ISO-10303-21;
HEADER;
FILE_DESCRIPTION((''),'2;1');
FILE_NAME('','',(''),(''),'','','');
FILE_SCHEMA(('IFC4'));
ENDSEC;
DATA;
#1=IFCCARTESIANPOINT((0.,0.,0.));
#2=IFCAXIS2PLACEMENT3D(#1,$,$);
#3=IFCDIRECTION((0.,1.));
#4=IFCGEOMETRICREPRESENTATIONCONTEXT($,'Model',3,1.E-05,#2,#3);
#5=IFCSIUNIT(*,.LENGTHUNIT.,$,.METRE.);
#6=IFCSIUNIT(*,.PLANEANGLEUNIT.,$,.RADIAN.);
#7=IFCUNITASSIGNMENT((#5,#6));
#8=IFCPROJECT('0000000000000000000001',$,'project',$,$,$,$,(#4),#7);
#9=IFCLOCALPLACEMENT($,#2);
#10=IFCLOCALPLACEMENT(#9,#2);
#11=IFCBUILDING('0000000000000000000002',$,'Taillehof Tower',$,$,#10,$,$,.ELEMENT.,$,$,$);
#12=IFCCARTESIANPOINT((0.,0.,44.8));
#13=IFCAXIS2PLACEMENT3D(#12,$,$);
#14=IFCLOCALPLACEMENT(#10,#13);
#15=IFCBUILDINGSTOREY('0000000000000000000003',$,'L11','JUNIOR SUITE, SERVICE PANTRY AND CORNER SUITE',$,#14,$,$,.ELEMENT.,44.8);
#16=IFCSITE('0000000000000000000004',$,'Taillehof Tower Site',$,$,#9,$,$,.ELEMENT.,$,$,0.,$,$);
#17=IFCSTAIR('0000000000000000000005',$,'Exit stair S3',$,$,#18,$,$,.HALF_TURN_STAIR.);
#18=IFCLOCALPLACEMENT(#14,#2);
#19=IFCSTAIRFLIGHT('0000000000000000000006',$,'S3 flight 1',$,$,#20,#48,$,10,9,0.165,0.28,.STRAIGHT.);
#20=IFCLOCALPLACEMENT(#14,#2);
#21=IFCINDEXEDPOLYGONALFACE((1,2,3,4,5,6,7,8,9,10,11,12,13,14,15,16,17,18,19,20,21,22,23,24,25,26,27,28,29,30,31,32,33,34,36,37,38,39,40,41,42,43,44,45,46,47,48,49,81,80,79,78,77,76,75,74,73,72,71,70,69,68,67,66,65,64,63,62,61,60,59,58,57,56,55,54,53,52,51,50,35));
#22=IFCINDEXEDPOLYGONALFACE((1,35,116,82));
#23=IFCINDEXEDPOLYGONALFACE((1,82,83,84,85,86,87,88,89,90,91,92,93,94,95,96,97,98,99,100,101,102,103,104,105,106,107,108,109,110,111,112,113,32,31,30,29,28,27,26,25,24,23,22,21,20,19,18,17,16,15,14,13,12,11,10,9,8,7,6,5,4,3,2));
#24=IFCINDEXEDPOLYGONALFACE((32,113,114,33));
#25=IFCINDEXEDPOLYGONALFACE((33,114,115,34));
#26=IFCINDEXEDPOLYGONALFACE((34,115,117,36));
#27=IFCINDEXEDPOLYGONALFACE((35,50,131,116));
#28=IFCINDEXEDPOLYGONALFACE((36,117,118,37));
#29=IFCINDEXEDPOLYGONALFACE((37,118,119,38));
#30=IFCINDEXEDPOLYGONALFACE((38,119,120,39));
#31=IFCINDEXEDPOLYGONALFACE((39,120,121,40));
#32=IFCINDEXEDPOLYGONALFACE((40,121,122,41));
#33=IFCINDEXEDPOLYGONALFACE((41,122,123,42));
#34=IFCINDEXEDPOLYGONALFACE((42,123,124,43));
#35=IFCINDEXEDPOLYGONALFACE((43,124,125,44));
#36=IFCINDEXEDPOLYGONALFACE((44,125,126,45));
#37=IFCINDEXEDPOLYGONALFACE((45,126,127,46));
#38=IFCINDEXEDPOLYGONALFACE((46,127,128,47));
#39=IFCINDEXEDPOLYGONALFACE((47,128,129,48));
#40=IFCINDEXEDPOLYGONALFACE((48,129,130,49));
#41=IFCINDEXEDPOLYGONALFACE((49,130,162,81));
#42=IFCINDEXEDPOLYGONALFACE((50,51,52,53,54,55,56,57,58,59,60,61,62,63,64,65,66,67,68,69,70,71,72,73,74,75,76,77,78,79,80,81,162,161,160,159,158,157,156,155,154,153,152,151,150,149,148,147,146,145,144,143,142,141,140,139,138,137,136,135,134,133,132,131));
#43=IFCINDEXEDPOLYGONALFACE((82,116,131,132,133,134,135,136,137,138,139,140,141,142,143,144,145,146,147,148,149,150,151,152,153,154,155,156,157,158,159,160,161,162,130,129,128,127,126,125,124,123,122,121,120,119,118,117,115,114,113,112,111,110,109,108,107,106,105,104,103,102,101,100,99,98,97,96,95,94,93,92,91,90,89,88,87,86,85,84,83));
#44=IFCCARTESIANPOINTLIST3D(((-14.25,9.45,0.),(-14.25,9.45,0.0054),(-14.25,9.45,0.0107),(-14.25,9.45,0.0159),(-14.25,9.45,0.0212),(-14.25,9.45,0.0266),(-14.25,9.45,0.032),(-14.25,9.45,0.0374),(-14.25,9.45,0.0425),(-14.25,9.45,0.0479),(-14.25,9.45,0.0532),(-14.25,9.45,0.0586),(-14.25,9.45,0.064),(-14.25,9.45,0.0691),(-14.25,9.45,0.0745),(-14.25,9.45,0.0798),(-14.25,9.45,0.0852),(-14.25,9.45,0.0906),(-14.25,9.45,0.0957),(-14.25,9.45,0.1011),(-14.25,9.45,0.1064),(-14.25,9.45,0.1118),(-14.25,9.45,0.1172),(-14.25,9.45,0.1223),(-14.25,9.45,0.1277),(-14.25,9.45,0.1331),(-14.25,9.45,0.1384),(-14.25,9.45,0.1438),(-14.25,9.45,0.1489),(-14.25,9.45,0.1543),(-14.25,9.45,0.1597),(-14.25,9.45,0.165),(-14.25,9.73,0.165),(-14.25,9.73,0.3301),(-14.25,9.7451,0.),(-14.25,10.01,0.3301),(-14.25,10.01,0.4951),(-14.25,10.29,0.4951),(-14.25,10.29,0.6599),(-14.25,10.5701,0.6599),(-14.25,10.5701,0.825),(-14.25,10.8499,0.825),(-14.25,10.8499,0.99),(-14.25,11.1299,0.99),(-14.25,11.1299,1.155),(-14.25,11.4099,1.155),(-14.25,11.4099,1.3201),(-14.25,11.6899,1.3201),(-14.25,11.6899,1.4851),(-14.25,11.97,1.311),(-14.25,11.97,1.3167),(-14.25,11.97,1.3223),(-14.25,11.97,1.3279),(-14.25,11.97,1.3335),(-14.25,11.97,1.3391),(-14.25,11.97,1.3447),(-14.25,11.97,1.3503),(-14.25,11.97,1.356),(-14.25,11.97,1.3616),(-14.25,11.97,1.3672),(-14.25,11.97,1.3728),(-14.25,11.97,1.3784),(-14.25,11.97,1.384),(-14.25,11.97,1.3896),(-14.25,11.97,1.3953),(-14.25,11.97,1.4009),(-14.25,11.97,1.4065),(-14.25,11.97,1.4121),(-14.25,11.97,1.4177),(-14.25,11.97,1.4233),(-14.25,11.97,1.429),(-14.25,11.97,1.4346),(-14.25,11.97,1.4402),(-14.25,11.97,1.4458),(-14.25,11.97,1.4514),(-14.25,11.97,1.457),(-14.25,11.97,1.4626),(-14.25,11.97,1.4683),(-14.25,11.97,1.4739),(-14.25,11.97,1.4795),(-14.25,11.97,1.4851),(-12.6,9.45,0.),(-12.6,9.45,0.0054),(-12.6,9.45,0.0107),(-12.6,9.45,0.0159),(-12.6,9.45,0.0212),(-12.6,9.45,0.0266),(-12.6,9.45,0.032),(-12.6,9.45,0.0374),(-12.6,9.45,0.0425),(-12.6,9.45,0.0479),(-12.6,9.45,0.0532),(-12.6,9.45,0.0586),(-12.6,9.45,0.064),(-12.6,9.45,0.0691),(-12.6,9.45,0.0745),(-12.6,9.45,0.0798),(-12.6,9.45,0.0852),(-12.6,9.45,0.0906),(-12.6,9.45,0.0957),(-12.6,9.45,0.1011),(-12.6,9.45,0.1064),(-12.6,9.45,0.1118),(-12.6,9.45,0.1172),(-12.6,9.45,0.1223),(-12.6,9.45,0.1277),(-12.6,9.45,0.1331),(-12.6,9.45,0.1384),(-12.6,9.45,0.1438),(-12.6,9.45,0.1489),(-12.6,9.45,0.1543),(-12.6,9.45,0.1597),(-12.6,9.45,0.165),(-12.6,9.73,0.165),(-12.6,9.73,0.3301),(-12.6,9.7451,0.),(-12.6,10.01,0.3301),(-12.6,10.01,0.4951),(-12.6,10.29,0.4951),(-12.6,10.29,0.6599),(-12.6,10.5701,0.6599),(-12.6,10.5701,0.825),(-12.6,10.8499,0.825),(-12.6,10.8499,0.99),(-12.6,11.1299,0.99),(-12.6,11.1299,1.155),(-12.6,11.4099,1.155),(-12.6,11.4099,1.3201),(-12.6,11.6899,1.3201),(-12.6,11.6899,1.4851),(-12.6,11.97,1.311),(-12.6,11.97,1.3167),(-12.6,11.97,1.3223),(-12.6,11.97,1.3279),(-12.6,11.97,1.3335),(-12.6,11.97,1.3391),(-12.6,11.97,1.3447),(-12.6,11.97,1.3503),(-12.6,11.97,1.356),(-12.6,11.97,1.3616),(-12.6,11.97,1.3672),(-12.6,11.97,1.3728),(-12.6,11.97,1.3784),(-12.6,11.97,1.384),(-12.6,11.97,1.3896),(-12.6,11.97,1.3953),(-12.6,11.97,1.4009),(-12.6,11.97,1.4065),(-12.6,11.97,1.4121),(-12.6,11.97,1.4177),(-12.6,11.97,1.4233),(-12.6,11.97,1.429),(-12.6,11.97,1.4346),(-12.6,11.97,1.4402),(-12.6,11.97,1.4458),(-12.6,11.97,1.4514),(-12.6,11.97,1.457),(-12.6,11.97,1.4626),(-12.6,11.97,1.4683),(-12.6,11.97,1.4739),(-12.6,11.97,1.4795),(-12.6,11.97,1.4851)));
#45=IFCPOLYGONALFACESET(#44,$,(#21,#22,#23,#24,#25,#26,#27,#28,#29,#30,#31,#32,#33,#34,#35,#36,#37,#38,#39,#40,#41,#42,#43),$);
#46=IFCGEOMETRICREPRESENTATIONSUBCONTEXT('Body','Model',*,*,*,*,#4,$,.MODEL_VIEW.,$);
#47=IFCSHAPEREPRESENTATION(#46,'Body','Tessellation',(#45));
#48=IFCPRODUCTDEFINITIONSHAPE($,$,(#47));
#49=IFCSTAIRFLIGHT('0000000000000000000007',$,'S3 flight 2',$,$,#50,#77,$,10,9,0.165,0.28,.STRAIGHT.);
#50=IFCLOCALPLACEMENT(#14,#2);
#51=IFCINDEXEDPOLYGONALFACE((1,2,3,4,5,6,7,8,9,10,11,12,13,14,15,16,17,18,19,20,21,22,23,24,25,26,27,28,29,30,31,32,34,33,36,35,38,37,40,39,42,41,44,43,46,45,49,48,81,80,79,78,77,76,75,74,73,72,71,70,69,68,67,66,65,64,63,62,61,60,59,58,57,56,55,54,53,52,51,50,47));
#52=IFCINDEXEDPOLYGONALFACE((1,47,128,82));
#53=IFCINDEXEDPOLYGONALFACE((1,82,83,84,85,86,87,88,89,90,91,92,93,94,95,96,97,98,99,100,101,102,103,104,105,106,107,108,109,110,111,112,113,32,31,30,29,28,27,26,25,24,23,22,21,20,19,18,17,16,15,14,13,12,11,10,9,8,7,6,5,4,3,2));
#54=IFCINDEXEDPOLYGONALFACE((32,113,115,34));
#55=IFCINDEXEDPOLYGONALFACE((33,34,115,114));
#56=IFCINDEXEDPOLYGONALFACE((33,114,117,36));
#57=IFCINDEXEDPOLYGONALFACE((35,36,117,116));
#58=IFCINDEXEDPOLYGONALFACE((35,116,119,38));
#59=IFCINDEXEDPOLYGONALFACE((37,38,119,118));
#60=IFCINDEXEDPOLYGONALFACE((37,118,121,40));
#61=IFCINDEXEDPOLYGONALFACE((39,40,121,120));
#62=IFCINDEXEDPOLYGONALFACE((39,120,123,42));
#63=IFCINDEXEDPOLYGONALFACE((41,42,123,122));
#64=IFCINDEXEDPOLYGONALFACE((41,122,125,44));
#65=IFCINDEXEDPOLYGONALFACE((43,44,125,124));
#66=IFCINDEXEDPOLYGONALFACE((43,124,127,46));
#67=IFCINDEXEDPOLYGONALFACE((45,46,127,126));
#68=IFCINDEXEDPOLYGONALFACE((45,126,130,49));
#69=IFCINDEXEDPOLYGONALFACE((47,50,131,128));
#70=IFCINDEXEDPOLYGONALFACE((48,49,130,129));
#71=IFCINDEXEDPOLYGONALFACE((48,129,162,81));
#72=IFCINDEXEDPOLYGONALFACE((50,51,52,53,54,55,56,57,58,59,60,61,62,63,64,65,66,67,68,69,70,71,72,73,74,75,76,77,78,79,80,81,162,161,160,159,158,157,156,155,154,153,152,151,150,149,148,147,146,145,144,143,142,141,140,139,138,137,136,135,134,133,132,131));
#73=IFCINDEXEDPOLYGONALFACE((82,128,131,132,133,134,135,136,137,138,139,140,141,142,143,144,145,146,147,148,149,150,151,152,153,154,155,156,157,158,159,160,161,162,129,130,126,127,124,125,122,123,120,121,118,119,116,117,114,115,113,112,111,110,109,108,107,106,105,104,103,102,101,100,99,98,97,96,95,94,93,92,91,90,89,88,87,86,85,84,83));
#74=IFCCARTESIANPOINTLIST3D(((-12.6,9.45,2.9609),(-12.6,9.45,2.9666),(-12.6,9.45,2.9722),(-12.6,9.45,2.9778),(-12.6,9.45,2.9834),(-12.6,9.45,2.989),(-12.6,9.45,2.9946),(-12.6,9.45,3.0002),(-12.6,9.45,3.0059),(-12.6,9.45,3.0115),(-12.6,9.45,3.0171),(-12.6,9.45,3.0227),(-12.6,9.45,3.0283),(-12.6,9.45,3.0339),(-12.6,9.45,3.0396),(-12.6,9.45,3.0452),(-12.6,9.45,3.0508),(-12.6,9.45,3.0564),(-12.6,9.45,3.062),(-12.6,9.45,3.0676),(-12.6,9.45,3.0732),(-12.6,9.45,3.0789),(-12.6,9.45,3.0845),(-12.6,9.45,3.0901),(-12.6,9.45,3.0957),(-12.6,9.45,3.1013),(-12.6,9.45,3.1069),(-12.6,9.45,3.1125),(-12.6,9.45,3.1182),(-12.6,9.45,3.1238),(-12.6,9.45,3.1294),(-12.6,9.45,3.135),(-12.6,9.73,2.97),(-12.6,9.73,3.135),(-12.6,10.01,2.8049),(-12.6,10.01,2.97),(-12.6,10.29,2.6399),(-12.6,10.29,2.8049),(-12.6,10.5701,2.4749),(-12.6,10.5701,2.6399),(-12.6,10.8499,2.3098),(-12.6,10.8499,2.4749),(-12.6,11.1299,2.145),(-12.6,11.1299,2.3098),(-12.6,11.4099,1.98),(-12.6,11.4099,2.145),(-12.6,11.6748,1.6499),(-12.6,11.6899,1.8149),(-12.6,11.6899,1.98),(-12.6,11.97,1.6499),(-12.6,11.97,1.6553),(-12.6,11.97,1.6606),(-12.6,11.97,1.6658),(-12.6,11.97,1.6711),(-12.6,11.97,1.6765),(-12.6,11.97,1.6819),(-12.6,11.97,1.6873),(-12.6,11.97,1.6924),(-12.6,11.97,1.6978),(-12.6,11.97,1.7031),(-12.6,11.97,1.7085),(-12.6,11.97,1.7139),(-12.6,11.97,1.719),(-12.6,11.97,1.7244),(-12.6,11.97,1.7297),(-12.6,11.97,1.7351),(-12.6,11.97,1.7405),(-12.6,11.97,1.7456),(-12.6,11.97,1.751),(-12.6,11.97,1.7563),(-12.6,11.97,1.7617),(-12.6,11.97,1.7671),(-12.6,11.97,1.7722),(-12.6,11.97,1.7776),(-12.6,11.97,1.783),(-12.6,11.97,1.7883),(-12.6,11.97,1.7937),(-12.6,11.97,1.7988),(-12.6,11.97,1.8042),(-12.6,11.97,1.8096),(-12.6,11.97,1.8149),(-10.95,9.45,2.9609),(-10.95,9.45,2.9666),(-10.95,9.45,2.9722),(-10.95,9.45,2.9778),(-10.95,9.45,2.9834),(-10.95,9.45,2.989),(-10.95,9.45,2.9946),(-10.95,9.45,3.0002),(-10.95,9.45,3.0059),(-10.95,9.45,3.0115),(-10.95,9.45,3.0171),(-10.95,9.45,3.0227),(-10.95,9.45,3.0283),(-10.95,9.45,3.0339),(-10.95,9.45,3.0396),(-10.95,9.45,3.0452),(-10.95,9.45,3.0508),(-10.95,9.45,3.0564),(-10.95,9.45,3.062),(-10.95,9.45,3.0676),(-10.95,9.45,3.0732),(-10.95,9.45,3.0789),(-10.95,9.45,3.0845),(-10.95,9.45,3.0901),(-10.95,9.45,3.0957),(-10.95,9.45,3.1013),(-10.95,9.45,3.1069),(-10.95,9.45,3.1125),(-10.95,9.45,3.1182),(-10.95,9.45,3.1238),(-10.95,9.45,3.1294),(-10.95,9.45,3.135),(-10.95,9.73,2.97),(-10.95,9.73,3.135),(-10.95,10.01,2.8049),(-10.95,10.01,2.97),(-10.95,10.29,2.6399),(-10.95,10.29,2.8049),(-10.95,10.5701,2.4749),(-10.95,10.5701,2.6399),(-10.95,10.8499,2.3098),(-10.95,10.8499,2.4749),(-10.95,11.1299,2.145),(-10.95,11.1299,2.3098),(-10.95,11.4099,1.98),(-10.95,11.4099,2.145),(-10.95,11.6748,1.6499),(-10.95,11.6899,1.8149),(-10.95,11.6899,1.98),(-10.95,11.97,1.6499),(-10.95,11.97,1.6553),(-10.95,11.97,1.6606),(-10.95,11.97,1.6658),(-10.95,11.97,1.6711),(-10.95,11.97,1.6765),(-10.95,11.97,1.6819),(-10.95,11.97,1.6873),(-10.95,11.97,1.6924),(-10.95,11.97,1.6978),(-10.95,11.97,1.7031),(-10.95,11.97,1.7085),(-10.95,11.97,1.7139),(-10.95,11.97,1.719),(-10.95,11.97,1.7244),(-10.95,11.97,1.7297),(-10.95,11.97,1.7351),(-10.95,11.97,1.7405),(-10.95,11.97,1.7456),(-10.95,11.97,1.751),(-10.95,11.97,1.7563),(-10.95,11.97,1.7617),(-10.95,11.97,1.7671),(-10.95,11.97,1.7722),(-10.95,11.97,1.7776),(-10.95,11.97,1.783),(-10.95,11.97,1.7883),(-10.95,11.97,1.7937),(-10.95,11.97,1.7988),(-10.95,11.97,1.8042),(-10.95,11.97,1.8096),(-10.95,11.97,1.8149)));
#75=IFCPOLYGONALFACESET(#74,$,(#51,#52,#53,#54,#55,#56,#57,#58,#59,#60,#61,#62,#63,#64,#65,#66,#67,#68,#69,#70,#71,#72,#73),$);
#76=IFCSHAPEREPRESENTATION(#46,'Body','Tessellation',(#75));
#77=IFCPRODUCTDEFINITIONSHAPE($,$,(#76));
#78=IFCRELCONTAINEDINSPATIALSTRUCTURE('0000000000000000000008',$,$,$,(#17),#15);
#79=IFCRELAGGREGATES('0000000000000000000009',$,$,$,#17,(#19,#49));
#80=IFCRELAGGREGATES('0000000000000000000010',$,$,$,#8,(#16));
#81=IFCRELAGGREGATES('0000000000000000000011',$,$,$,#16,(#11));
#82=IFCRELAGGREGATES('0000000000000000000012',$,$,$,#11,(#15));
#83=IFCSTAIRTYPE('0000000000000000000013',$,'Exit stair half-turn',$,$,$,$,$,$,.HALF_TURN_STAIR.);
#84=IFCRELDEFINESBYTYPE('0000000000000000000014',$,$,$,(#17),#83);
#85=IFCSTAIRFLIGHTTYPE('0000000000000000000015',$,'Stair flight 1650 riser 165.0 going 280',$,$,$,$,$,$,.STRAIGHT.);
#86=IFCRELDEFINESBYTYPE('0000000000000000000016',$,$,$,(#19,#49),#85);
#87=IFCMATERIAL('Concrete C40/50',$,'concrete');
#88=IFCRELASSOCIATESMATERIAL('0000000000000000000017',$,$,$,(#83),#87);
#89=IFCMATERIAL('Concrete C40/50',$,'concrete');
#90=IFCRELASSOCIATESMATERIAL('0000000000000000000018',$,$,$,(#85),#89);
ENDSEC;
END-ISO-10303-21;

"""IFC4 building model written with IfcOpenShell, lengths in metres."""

from ifc_helpers import new_model, si_unit, direction, frame, origin, place, context, subcontext, project, spatial, polyline, outline, extrude, material, type_object, element, aggregate, save


model = new_model("IFC4")

# Units and contexts
model_context = context("Model", 3, precision=1e-05, world=origin(), true_north=direction((0.0, 1.0)))
body_context = subcontext(model_context, "Body", "Model", "MODEL_VIEW")
ifc_project = project(units=[si_unit("LENGTHUNIT", "METRE"), si_unit("PLANEANGLEUNIT", "RADIAN")], contexts=[model_context])

# Site, building, storey
site_placement = place(None, origin())
site = spatial("IfcSite", under=ifc_project, at=site_placement, Name="Taillehof Tower Site", CompositionType="ELEMENT", RefElevation=0.0)
building_placement = place(site_placement, origin())
building = spatial("IfcBuilding", under=site, at=building_placement, Name="Taillehof Tower", CompositionType="ELEMENT")
storey_placement = place(building_placement, frame((0.0, 0.0, 44.8)))
storey = spatial("IfcBuildingStorey", under=building, at=storey_placement, Name="L11", Description="JUNIOR SUITE, SERVICE PANTRY AND CORNER SUITE", CompositionType="ELEMENT", Elevation=44.8)

# Stair, stair flights
ifc_material_1 = material(Name="Concrete C40/50", Category="concrete")
stair_type = type_object("IfcStairType", Name="Exit stair half-turn", PredefinedType="HALF_TURN_STAIR", material=ifc_material_1)
stair_placement = place(storey_placement, origin())
stair = element("IfcStair", 1, at=stair_placement, inside=storey, type_object=stair_type, Name="Exit stair S3", PredefinedType="HALF_TURN_STAIR")
ifc_material_2 = material(Name="Concrete C40/50", Category="concrete")
stair_flight_type = type_object("IfcStairFlightType", Name="Stair flight 1650 riser 165.0 going 280", PredefinedType="STRAIGHT", material=ifc_material_2)
stair_flight_1_placement = place(storey_placement, frame((-13.425, 9.45, 0.0), z_axis=(0.0, 0.0, 1.0), x_axis=(0.0, 1.0, 0.0)))
stair_flight_1 = element("IfcStairFlight", 2, at=stair_flight_1_placement, type_object=stair_flight_type, Name="S3 flight 1", NumberOfRisers=10, NumberOfTreads=9, PredefinedType="STRAIGHT", RiserHeight=0.165, TreadLength=0.28, context=body_context, shape_type="SweptSolid", body=[
    extrude(outline(polyline([(0.0, 0.0), (0.0, 0.0054), (0.0, 0.0107), (0.0, 0.0159), (0.0, 0.0212), (0.0, 0.0266), (0.0, 0.032), (0.0, 0.0374), (0.0, 0.0425), (0.0, 0.0479), (0.0, 0.0532), (0.0, 0.0586), (0.0, 0.064), (0.0, 0.0691), (0.0, 0.0745), (0.0, 0.0798), (0.0, 0.0852), (0.0, 0.0906), (0.0, 0.0957), (0.0, 0.1011), (0.0, 0.1064), (0.0, 0.1118), (0.0, 0.1172), (0.0, 0.1223), (0.0, 0.1277), (0.0, 0.1331), (0.0, 0.1384), (0.0, 0.1438), (0.0, 0.1489), (0.0, 0.1543), (0.0, 0.1597), (0.0, 0.165), (0.28, 0.165), (0.28, 0.3301), (0.5601, 0.3301), (0.5601, 0.4951), (0.8401, 0.4951), (0.8401, 0.6599), (1.1201, 0.6599), (1.1201, 0.825), (1.3999, 0.825), (1.3999, 0.99), (1.6799, 0.99), (1.6799, 1.155), (1.96, 1.155), (1.96, 1.3201), (2.24, 1.3201), (2.24, 1.4851), (2.52, 1.4851), (2.52, 1.4795), (2.52, 1.4739), (2.52, 1.4683), (2.52, 1.4626), (2.52, 1.457), (2.52, 1.4514), (2.52, 1.4458), (2.52, 1.4402), (2.52, 1.4346), (2.52, 1.429), (2.52, 1.4233), (2.52, 1.4177), (2.52, 1.4121), (2.52, 1.4065), (2.52, 1.4009), (2.52, 1.3953), (2.52, 1.3896), (2.52, 1.384), (2.52, 1.3784), (2.52, 1.3728), (2.52, 1.3672), (2.52, 1.3616), (2.52, 1.356), (2.52, 1.3503), (2.52, 1.3447), (2.52, 1.3391), (2.52, 1.3335), (2.52, 1.3279), (2.52, 1.3223), (2.52, 1.3167), (2.52, 1.311), (0.2952, 0.0), (0.0, 0.0)])), frame((0.0, 0.825, 0.0), z_axis=(0.0, -1.0, 0.0), x_axis=(1.0, 0.0, 0.0)), (0.0, 0.0, 1.0), 1.65),
])
stair_flight_2_placement = place(storey_placement, frame((-11.7749, 11.97, 1.6499), z_axis=(0.0, 0.0, 1.0), x_axis=(0.0, -1.0, 0.0)))
stair_flight_2 = element("IfcStairFlight", 3, at=stair_flight_2_placement, type_object=stair_flight_type, Name="S3 flight 2", NumberOfRisers=10, NumberOfTreads=9, PredefinedType="STRAIGHT", RiserHeight=0.165, TreadLength=0.28, context=body_context, shape_type="SweptSolid", body=[
    extrude(outline(polyline([(0.0, 0.0), (0.0, 0.0054), (0.0, 0.0107), (0.0, 0.0159), (0.0, 0.0212), (0.0, 0.0266), (0.0, 0.032), (0.0, 0.0374), (0.0, 0.0425), (0.0, 0.0479), (0.0, 0.0532), (0.0, 0.0586), (0.0, 0.064), (0.0, 0.0691), (0.0, 0.0745), (0.0, 0.0798), (0.0, 0.0852), (0.0, 0.0906), (0.0, 0.0957), (0.0, 0.1011), (0.0, 0.1064), (0.0, 0.1118), (0.0, 0.1172), (0.0, 0.1223), (0.0, 0.1277), (0.0, 0.1331), (0.0, 0.1384), (0.0, 0.1438), (0.0, 0.1489), (0.0, 0.1543), (0.0, 0.1597), (0.0, 0.165), (0.28, 0.165), (0.28, 0.3301), (0.5601, 0.3301), (0.5601, 0.4951), (0.8401, 0.4951), (0.8401, 0.6599), (1.1201, 0.6599), (1.1201, 0.825), (1.3999, 0.825), (1.3999, 0.99), (1.6799, 0.99), (1.6799, 1.155), (1.96, 1.155), (1.96, 1.3201), (2.24, 1.3201), (2.24, 1.4851), (2.52, 1.4851), (2.52, 1.4795), (2.52, 1.4739), (2.52, 1.4683), (2.52, 1.4626), (2.52, 1.457), (2.52, 1.4514), (2.52, 1.4458), (2.52, 1.4402), (2.52, 1.4346), (2.52, 1.429), (2.52, 1.4233), (2.52, 1.4177), (2.52, 1.4121), (2.52, 1.4065), (2.52, 1.4009), (2.52, 1.3953), (2.52, 1.3896), (2.52, 1.384), (2.52, 1.3784), (2.52, 1.3728), (2.52, 1.3672), (2.52, 1.3616), (2.52, 1.356), (2.52, 1.3503), (2.52, 1.3447), (2.52, 1.3391), (2.52, 1.3335), (2.52, 1.3279), (2.52, 1.3223), (2.52, 1.3167), (2.52, 1.311), (0.2952, 0.0), (0.0, 0.0)])), frame((0.0, 0.825, 0.0), z_axis=(0.0, -1.0, 0.0), x_axis=(1.0, 0.0, 0.0)), (0.0, 0.0, 1.0), 1.65),
])
aggregate(stair, [stair_flight_1, stair_flight_2])

save(model, "model.ifc")
